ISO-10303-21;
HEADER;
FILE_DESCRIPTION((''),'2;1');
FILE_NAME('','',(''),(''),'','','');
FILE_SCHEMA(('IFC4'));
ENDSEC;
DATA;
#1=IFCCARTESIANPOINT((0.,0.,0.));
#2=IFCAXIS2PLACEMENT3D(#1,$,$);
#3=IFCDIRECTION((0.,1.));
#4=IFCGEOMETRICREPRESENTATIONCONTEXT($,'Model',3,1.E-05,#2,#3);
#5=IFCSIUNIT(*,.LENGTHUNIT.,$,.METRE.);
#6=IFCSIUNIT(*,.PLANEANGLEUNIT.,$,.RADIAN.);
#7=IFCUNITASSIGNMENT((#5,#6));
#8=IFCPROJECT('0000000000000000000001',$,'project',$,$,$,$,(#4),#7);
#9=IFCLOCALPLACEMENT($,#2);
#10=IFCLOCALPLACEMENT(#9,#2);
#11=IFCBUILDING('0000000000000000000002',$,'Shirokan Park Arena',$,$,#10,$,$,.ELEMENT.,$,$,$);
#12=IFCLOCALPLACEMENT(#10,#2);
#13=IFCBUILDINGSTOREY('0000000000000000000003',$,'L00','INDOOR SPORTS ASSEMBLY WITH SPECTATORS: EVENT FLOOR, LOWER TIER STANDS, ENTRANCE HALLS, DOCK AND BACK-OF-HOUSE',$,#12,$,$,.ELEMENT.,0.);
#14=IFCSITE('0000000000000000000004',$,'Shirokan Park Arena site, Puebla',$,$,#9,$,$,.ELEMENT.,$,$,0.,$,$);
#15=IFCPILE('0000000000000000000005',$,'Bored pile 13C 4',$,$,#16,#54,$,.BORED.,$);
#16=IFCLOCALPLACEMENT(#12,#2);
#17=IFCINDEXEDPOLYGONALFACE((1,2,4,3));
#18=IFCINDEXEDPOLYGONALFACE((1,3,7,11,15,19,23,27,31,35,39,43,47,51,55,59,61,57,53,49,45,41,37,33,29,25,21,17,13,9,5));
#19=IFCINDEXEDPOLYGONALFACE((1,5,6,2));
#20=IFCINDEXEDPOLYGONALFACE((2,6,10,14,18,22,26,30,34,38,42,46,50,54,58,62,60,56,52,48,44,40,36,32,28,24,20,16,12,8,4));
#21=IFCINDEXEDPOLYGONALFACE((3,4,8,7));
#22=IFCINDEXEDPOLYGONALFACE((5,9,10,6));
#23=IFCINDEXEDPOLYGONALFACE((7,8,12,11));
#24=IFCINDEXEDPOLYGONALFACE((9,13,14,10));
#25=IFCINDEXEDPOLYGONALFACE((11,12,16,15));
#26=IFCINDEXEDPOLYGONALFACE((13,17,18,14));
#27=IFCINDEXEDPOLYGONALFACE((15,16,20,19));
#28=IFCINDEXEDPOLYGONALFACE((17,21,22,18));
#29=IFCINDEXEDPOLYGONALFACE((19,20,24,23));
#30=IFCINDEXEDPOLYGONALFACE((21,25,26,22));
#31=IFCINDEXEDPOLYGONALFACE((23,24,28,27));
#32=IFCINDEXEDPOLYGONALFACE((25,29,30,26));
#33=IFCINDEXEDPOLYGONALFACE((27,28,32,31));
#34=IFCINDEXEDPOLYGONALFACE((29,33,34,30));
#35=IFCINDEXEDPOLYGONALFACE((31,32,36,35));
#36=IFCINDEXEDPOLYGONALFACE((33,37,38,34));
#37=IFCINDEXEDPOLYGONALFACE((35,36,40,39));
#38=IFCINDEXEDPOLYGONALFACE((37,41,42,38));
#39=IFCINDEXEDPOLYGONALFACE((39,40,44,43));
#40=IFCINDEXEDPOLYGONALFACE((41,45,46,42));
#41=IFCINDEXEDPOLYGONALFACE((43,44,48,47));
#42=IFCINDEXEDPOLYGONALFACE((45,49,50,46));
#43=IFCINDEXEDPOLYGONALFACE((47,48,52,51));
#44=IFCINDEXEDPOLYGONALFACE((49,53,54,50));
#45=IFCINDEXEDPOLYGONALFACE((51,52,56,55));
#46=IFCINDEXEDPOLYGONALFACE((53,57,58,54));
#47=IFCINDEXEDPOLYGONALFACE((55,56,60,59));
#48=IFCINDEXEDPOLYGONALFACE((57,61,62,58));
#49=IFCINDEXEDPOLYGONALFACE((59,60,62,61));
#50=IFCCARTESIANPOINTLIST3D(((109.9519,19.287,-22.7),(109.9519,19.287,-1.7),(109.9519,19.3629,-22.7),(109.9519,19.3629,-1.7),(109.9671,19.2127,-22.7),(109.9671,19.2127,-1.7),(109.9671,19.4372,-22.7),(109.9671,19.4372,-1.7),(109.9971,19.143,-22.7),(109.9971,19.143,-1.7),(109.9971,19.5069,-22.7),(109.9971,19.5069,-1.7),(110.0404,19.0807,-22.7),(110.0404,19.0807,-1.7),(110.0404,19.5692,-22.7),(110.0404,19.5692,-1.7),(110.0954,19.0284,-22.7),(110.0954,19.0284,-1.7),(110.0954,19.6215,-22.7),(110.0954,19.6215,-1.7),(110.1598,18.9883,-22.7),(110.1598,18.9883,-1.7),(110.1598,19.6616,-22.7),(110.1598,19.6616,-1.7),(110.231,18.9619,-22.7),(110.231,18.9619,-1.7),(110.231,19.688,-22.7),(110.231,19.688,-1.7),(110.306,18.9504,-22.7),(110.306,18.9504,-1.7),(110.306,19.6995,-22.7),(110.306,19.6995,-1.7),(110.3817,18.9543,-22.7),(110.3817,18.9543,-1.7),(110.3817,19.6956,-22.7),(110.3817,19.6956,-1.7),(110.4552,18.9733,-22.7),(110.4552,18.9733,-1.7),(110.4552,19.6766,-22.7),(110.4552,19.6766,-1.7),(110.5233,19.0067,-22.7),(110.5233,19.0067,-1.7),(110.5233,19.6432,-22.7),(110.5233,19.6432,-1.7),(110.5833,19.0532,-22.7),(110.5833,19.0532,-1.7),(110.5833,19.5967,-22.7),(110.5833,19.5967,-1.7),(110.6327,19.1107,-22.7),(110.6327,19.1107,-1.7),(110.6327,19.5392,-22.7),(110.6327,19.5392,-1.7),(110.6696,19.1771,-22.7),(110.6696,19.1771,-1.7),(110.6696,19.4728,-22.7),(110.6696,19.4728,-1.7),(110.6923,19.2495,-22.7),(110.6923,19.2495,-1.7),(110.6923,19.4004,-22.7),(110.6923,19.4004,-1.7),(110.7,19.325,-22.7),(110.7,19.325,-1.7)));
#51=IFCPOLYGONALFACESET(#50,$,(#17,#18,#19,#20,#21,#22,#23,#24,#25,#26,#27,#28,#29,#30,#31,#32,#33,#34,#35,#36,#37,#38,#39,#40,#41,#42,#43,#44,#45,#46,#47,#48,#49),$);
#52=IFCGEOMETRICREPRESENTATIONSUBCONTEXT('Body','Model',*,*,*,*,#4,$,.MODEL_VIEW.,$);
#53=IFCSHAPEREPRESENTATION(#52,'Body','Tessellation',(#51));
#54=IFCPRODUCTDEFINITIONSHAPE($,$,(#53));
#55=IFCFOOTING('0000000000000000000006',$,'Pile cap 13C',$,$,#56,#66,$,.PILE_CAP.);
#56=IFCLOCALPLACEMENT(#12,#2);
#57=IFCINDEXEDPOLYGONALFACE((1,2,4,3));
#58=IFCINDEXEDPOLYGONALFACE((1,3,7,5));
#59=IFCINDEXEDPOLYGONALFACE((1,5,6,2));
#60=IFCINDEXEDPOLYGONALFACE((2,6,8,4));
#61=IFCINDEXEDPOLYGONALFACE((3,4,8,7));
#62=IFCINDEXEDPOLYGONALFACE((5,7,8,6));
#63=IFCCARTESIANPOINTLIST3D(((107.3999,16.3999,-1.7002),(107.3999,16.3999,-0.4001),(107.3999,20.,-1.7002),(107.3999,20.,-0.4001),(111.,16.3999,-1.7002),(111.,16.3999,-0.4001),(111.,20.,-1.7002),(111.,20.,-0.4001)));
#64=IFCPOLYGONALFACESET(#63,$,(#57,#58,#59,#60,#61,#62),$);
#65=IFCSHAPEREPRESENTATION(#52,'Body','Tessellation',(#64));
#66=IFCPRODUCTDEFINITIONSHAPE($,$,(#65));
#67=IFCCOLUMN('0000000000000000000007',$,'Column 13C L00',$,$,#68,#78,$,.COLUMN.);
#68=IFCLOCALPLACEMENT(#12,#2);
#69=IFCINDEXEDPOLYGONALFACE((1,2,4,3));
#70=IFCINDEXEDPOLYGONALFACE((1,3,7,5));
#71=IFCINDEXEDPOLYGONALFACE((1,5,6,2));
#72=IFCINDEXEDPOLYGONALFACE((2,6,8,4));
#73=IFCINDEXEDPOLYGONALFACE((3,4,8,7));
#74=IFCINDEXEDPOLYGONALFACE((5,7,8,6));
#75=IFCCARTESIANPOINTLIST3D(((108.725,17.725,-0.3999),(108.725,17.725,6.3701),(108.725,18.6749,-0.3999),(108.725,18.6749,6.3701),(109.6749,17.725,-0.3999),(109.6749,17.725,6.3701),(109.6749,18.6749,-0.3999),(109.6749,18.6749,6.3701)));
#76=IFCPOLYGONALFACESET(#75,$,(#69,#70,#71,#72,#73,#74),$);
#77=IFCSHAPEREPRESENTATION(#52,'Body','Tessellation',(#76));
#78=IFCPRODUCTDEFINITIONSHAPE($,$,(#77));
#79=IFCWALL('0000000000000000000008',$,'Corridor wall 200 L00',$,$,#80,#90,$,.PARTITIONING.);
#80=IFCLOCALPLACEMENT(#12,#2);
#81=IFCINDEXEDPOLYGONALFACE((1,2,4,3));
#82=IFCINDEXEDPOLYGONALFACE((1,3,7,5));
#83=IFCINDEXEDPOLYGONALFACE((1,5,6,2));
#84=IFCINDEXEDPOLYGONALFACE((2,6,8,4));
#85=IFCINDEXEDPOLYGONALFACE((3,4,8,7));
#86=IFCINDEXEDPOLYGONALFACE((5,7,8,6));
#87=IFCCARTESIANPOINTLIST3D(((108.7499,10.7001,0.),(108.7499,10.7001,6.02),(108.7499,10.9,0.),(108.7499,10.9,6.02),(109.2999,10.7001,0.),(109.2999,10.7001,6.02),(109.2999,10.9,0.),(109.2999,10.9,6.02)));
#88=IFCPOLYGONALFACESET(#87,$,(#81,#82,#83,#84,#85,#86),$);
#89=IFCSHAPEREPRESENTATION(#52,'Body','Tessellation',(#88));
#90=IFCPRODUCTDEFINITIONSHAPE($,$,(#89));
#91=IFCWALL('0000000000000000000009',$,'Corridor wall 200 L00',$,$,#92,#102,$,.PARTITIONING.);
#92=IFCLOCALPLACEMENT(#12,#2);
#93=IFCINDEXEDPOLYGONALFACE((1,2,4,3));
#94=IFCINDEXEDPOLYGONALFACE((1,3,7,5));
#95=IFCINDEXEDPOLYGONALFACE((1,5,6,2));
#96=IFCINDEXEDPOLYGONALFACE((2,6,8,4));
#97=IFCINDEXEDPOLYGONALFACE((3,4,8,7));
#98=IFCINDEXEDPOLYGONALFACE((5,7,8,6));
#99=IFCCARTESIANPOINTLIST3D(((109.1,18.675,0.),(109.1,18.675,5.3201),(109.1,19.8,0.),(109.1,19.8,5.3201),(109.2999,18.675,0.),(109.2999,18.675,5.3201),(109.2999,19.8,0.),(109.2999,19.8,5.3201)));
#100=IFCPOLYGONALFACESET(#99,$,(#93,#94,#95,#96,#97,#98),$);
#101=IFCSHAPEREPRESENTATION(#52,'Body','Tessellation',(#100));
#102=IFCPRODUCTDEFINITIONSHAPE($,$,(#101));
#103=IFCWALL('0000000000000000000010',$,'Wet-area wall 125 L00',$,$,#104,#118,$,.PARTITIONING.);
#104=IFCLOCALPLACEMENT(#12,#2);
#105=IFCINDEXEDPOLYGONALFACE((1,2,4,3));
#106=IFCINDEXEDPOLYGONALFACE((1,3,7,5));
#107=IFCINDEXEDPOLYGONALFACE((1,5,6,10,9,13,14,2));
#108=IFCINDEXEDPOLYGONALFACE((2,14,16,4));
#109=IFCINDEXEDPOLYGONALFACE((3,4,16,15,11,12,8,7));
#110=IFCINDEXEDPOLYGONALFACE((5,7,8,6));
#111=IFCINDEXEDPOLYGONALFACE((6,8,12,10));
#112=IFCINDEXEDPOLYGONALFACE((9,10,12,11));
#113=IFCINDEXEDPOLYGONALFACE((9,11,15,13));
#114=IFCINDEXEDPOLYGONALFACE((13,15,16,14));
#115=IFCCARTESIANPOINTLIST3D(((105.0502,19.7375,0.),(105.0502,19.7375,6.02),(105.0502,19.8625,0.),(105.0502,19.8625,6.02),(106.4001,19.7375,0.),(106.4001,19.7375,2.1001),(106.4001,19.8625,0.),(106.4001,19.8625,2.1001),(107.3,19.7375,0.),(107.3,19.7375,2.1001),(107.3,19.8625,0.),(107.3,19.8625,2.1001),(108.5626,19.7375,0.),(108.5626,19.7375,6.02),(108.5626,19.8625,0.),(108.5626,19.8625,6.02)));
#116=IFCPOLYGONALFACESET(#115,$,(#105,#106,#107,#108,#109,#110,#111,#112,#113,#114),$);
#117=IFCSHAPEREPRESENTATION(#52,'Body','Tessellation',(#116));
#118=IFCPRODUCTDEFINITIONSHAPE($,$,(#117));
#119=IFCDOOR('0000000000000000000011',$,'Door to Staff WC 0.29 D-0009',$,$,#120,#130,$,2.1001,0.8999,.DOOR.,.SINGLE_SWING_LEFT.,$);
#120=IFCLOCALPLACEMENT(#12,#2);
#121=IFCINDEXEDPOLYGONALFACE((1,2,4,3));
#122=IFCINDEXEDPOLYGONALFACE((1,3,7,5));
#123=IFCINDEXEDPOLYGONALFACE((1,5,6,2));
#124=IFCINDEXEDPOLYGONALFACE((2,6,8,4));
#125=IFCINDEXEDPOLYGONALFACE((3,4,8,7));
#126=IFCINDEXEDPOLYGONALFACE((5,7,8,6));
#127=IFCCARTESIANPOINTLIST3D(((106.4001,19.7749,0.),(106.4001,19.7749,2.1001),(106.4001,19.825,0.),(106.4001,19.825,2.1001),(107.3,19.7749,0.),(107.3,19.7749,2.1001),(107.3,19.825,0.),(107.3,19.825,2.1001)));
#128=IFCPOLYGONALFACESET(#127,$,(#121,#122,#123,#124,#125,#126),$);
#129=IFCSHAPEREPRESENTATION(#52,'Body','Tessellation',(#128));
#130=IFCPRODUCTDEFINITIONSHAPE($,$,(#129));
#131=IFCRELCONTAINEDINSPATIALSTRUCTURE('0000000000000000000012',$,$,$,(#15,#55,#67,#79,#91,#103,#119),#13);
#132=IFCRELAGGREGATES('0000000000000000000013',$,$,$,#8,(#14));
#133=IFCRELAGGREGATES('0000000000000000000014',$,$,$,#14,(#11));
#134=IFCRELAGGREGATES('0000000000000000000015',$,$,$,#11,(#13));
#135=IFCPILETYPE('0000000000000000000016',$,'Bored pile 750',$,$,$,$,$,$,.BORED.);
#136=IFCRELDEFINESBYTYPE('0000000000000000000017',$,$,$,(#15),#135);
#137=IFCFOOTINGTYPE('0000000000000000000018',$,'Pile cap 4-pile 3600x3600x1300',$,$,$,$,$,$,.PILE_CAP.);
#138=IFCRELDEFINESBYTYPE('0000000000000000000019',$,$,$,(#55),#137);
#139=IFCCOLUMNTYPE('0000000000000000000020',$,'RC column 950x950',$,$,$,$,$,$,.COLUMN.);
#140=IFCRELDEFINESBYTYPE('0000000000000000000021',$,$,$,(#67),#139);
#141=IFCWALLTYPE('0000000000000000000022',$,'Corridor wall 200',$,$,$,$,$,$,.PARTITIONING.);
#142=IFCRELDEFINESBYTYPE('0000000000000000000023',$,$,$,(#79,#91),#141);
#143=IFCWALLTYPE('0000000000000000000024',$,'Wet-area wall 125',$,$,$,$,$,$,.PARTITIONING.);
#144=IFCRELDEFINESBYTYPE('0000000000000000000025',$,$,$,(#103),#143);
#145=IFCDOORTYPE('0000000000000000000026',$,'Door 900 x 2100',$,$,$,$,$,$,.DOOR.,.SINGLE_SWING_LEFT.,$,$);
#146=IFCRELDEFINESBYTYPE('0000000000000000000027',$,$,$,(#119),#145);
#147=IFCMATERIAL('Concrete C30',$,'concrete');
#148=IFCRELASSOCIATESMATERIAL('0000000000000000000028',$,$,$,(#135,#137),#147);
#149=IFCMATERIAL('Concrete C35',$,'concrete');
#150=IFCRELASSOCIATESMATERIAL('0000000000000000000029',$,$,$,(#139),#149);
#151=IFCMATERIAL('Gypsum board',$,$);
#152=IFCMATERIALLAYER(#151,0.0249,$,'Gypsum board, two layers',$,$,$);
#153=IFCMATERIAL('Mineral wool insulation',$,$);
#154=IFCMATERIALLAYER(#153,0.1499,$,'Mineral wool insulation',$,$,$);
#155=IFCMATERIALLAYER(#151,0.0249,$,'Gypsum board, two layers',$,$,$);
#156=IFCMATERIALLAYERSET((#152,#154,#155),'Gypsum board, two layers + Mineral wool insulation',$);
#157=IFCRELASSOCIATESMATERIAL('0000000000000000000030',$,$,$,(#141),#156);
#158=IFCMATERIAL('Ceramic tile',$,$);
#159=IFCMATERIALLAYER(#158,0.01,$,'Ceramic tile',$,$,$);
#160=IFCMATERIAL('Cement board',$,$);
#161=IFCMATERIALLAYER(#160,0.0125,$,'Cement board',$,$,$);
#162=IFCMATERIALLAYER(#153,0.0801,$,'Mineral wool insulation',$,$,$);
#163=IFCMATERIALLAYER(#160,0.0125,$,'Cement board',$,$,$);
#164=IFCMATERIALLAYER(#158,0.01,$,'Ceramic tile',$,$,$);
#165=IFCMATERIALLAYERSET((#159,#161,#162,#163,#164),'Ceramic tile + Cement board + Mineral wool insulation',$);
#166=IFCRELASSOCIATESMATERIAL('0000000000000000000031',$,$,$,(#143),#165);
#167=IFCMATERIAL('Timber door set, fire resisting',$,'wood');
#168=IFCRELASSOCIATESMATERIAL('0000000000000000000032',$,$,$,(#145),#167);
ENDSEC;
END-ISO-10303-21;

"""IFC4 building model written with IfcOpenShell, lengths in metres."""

from ifc_helpers import new_model, si_unit, direction, frame, frame_2d, origin, origin_2d, place, context, subcontext, project, spatial, rectangle, circle, extrude, material, layer, layer_set, material_profile, profile_set, type_object, element, fill, save


model = new_model("IFC4")

# Units and contexts
model_context = context("Model", 3, precision=1e-05, world=origin(), true_north=direction((0.0, 1.0)))
body_context = subcontext(model_context, "Body", "Model", "MODEL_VIEW")
ifc_project = project(units=[si_unit("LENGTHUNIT", "METRE"), si_unit("PLANEANGLEUNIT", "RADIAN")], contexts=[model_context])

# Site, building, storey
site_placement = place(None, origin())
site = spatial("IfcSite", under=ifc_project, at=site_placement, Name="Shirokan Park Arena site, Puebla", CompositionType="ELEMENT", RefElevation=0.0)
building_placement = place(site_placement, origin())
building = spatial("IfcBuilding", under=site, at=building_placement, Name="Shirokan Park Arena", CompositionType="ELEMENT")
storey_placement = place(building_placement, origin())
storey = spatial("IfcBuildingStorey", under=building, at=storey_placement, Name="L00", Description="INDOOR SPORTS ASSEMBLY WITH SPECTATORS: EVENT FLOOR, LOWER TIER STANDS, ENTRANCE HALLS, DOCK AND BACK-OF-HOUSE", CompositionType="ELEMENT", Elevation=0.0)

# Pile
ifc_material_1 = material(Name="Concrete C30", Category="concrete")
ifc_material_profile_1 = material_profile(ifc_material_1, circle(Radius=0.375, at=origin_2d()), Name="D750")
ifc_profile_set_1 = profile_set([ifc_material_profile_1], Name="Concrete C30")
pile_type = type_object("IfcPileType", Name="Bored pile 750", PredefinedType="BORED", material=ifc_profile_set_1)
for number, where, z_axis, x_axis, name in (
    (1, (110.325, 19.325, -1.7), (0.0, 0.0, -1.0), (1.0, 0.0, 0.0), "Bored pile 13C 4"),
):
    element("IfcPile", number, at=place(storey_placement, frame(where, z_axis=z_axis, x_axis=x_axis)), inside=storey, type_object=pile_type, Name=name, PredefinedType="BORED", context=body_context, shape_type="SweptSolid", body=[
        extrude(circle(Radius=0.375, at=origin_2d()), origin(), (0.0, 0.0, 1.0), 21.0),
    ])

# Footing
footing_type = type_object("IfcFootingType", Name="Pile cap 4-pile 3600x3600x1300", PredefinedType="PILE_CAP", material=ifc_material_1)
footing_placement = place(storey_placement, frame((109.2, 18.2, -1.7002), z_axis=(0.0, 0.0, 1.0), x_axis=(1.0, 0.0, 0.0)))
element("IfcFooting", 2, at=footing_placement, inside=storey, type_object=footing_type, Name="Pile cap 13C", PredefinedType="PILE_CAP", context=body_context, shape_type="SweptSolid", body=[
    extrude(rectangle(XDim=3.6001, YDim=3.6001, at=origin_2d()), origin(), (0.0, 0.0, 1.0), 1.3),
])

# Column
ifc_material_2 = material(Name="Concrete C35", Category="concrete")
ifc_material_profile_2 = material_profile(ifc_material_2, rectangle(XDim=0.95, YDim=0.95, at=origin_2d()), Name="950x950")
ifc_profile_set_2 = profile_set([ifc_material_profile_2], Name="Concrete C35")
column_type = type_object("IfcColumnType", Name="RC column 950x950", PredefinedType="COLUMN", material=ifc_profile_set_2)
column_placement = place(storey_placement, frame((109.2, 18.2, -0.3999), z_axis=(0.0, 0.0, 1.0), x_axis=(1.0, 0.0, 0.0)))
element("IfcColumn", 3, at=column_placement, inside=storey, type_object=column_type, Name="Column 13C L00", PredefinedType="COLUMN", context=body_context, shape_type="SweptSolid", body=[
    extrude(rectangle(XDim=0.95, YDim=0.95, at=origin_2d()), origin(), (0.0, 0.0, 1.0), 6.77),
])

# Wall
ifc_material_3 = material(Name="Gypsum board")
ifc_layer_1 = layer(ifc_material_3, 0.0249, Name="Gypsum board, two layers")
ifc_material_4 = material(Name="Mineral wool insulation")
ifc_layer_2 = layer(ifc_material_4, 0.1499, Name="Mineral wool insulation")
ifc_layer_3 = layer(ifc_material_3, 0.0249, Name="Gypsum board, two layers")
ifc_layer_set_1 = layer_set([ifc_layer_1, ifc_layer_2, ifc_layer_3], Name="Gypsum board, two layers + Mineral wool insulation")
wall_type_1 = type_object("IfcWallType", Name="Corridor wall 200", PredefinedType="PARTITIONING", material=ifc_layer_set_1)
wall_1_placement = place(storey_placement, frame((108.75, 10.8, 0.0), z_axis=(0.0, 0.0, 1.0), x_axis=(1.0, 0.0, 0.0)))
element("IfcWall", 4, at=wall_1_placement, inside=storey, type_object=wall_type_1, Name="Corridor wall 200 L00", PredefinedType="PARTITIONING", context=body_context, shape_type="SweptSolid", body=[
    extrude(rectangle(XDim=0.55, YDim=0.2, at=frame_2d((0.2749, 0.0))), origin(), (0.0, 0.0, 1.0), 6.02),
])

# Wall
wall_2_placement = place(storey_placement, frame((109.2, 18.675, 0.0), z_axis=(0.0, 0.0, 1.0), x_axis=(0.0, 1.0, 0.0)))
element("IfcWall", 5, at=wall_2_placement, inside=storey, type_object=wall_type_1, Name="Corridor wall 200 L00", PredefinedType="PARTITIONING", context=body_context, shape_type="SweptSolid", body=[
    extrude(rectangle(XDim=1.125, YDim=0.2, at=frame_2d((0.5625, 0.0))), origin(), (0.0, 0.0, 1.0), 5.3201),
])

# Wall, opening, door
ifc_material_5 = material(Name="Ceramic tile")
ifc_layer_4 = layer(ifc_material_5, 0.01, Name="Ceramic tile")
ifc_material_6 = material(Name="Cement board")
ifc_layer_5 = layer(ifc_material_6, 0.0125, Name="Cement board")
ifc_layer_6 = layer(ifc_material_4, 0.0801, Name="Mineral wool insulation")
ifc_layer_7 = layer(ifc_material_6, 0.0125, Name="Cement board")
ifc_layer_8 = layer(ifc_material_5, 0.01, Name="Ceramic tile")
ifc_layer_set_2 = layer_set([ifc_layer_4, ifc_layer_5, ifc_layer_6, ifc_layer_7, ifc_layer_8], Name="Ceramic tile + Cement board + Mineral wool insulation")
wall_type_2 = type_object("IfcWallType", Name="Wet-area wall 125", PredefinedType="PARTITIONING", material=ifc_layer_set_2)
wall_3_placement = place(storey_placement, frame((105.05, 19.8, 0.0), z_axis=(0.0, 0.0, 1.0), x_axis=(1.0, 0.0, 0.0)))
wall_3 = element("IfcWall", 6, at=wall_3_placement, inside=storey, type_object=wall_type_2, Name="Wet-area wall 125 L00", PredefinedType="PARTITIONING", context=body_context, shape_type="SweptSolid", body=[
    extrude(rectangle(XDim=3.5125, YDim=0.125, at=frame_2d((1.7563, 0.0))), origin(), (0.0, 0.0, 1.0), 6.02),
])
opening_1_placement = place(wall_3_placement, frame((1.3501, 0.0, 0.0)))
opening_1 = element("IfcOpeningElement", 7, at=opening_1_placement, cuts=wall_3, PredefinedType="OPENING", context=body_context, shape_type="SweptSolid", body=[
    extrude(rectangle(XDim=0.8999, YDim=2.1001, at=frame_2d((0.45, 1.05))), frame((0.0, 0.0725, 0.0), z_axis=(0.0, -1.0, 0.0), x_axis=(1.0, 0.0, 0.0)), (0.0, 0.0, 1.0), 0.145),
])
ifc_material_7 = material(Name="Timber door set, fire resisting", Category="wood")
door_type_1 = type_object("IfcDoorType", Name="Door 900 x 2100", OperationType="SINGLE_SWING_LEFT", PredefinedType="DOOR", material=ifc_material_7)
door_1_placement = place(opening_1_placement, origin())
door_1 = element("IfcDoor", 8, at=door_1_placement, inside=storey, type_object=door_type_1, Name="Door to Staff WC 0.29 D-0009", OperationType="SINGLE_SWING_LEFT", OverallHeight=2.1001, OverallWidth=0.8999, PredefinedType="DOOR", context=body_context, shape_type="SweptSolid", body=[
    extrude(rectangle(XDim=0.8999, YDim=2.1001, at=frame_2d((0.45, 1.05))), frame((0.0, 0.0249, 0.0), z_axis=(0.0, -1.0, 0.0), x_axis=(1.0, 0.0, 0.0)), (0.0, 0.0, 1.0), 0.05),
])
fill(opening_1, door_1)

save(model, "model.ifc")
